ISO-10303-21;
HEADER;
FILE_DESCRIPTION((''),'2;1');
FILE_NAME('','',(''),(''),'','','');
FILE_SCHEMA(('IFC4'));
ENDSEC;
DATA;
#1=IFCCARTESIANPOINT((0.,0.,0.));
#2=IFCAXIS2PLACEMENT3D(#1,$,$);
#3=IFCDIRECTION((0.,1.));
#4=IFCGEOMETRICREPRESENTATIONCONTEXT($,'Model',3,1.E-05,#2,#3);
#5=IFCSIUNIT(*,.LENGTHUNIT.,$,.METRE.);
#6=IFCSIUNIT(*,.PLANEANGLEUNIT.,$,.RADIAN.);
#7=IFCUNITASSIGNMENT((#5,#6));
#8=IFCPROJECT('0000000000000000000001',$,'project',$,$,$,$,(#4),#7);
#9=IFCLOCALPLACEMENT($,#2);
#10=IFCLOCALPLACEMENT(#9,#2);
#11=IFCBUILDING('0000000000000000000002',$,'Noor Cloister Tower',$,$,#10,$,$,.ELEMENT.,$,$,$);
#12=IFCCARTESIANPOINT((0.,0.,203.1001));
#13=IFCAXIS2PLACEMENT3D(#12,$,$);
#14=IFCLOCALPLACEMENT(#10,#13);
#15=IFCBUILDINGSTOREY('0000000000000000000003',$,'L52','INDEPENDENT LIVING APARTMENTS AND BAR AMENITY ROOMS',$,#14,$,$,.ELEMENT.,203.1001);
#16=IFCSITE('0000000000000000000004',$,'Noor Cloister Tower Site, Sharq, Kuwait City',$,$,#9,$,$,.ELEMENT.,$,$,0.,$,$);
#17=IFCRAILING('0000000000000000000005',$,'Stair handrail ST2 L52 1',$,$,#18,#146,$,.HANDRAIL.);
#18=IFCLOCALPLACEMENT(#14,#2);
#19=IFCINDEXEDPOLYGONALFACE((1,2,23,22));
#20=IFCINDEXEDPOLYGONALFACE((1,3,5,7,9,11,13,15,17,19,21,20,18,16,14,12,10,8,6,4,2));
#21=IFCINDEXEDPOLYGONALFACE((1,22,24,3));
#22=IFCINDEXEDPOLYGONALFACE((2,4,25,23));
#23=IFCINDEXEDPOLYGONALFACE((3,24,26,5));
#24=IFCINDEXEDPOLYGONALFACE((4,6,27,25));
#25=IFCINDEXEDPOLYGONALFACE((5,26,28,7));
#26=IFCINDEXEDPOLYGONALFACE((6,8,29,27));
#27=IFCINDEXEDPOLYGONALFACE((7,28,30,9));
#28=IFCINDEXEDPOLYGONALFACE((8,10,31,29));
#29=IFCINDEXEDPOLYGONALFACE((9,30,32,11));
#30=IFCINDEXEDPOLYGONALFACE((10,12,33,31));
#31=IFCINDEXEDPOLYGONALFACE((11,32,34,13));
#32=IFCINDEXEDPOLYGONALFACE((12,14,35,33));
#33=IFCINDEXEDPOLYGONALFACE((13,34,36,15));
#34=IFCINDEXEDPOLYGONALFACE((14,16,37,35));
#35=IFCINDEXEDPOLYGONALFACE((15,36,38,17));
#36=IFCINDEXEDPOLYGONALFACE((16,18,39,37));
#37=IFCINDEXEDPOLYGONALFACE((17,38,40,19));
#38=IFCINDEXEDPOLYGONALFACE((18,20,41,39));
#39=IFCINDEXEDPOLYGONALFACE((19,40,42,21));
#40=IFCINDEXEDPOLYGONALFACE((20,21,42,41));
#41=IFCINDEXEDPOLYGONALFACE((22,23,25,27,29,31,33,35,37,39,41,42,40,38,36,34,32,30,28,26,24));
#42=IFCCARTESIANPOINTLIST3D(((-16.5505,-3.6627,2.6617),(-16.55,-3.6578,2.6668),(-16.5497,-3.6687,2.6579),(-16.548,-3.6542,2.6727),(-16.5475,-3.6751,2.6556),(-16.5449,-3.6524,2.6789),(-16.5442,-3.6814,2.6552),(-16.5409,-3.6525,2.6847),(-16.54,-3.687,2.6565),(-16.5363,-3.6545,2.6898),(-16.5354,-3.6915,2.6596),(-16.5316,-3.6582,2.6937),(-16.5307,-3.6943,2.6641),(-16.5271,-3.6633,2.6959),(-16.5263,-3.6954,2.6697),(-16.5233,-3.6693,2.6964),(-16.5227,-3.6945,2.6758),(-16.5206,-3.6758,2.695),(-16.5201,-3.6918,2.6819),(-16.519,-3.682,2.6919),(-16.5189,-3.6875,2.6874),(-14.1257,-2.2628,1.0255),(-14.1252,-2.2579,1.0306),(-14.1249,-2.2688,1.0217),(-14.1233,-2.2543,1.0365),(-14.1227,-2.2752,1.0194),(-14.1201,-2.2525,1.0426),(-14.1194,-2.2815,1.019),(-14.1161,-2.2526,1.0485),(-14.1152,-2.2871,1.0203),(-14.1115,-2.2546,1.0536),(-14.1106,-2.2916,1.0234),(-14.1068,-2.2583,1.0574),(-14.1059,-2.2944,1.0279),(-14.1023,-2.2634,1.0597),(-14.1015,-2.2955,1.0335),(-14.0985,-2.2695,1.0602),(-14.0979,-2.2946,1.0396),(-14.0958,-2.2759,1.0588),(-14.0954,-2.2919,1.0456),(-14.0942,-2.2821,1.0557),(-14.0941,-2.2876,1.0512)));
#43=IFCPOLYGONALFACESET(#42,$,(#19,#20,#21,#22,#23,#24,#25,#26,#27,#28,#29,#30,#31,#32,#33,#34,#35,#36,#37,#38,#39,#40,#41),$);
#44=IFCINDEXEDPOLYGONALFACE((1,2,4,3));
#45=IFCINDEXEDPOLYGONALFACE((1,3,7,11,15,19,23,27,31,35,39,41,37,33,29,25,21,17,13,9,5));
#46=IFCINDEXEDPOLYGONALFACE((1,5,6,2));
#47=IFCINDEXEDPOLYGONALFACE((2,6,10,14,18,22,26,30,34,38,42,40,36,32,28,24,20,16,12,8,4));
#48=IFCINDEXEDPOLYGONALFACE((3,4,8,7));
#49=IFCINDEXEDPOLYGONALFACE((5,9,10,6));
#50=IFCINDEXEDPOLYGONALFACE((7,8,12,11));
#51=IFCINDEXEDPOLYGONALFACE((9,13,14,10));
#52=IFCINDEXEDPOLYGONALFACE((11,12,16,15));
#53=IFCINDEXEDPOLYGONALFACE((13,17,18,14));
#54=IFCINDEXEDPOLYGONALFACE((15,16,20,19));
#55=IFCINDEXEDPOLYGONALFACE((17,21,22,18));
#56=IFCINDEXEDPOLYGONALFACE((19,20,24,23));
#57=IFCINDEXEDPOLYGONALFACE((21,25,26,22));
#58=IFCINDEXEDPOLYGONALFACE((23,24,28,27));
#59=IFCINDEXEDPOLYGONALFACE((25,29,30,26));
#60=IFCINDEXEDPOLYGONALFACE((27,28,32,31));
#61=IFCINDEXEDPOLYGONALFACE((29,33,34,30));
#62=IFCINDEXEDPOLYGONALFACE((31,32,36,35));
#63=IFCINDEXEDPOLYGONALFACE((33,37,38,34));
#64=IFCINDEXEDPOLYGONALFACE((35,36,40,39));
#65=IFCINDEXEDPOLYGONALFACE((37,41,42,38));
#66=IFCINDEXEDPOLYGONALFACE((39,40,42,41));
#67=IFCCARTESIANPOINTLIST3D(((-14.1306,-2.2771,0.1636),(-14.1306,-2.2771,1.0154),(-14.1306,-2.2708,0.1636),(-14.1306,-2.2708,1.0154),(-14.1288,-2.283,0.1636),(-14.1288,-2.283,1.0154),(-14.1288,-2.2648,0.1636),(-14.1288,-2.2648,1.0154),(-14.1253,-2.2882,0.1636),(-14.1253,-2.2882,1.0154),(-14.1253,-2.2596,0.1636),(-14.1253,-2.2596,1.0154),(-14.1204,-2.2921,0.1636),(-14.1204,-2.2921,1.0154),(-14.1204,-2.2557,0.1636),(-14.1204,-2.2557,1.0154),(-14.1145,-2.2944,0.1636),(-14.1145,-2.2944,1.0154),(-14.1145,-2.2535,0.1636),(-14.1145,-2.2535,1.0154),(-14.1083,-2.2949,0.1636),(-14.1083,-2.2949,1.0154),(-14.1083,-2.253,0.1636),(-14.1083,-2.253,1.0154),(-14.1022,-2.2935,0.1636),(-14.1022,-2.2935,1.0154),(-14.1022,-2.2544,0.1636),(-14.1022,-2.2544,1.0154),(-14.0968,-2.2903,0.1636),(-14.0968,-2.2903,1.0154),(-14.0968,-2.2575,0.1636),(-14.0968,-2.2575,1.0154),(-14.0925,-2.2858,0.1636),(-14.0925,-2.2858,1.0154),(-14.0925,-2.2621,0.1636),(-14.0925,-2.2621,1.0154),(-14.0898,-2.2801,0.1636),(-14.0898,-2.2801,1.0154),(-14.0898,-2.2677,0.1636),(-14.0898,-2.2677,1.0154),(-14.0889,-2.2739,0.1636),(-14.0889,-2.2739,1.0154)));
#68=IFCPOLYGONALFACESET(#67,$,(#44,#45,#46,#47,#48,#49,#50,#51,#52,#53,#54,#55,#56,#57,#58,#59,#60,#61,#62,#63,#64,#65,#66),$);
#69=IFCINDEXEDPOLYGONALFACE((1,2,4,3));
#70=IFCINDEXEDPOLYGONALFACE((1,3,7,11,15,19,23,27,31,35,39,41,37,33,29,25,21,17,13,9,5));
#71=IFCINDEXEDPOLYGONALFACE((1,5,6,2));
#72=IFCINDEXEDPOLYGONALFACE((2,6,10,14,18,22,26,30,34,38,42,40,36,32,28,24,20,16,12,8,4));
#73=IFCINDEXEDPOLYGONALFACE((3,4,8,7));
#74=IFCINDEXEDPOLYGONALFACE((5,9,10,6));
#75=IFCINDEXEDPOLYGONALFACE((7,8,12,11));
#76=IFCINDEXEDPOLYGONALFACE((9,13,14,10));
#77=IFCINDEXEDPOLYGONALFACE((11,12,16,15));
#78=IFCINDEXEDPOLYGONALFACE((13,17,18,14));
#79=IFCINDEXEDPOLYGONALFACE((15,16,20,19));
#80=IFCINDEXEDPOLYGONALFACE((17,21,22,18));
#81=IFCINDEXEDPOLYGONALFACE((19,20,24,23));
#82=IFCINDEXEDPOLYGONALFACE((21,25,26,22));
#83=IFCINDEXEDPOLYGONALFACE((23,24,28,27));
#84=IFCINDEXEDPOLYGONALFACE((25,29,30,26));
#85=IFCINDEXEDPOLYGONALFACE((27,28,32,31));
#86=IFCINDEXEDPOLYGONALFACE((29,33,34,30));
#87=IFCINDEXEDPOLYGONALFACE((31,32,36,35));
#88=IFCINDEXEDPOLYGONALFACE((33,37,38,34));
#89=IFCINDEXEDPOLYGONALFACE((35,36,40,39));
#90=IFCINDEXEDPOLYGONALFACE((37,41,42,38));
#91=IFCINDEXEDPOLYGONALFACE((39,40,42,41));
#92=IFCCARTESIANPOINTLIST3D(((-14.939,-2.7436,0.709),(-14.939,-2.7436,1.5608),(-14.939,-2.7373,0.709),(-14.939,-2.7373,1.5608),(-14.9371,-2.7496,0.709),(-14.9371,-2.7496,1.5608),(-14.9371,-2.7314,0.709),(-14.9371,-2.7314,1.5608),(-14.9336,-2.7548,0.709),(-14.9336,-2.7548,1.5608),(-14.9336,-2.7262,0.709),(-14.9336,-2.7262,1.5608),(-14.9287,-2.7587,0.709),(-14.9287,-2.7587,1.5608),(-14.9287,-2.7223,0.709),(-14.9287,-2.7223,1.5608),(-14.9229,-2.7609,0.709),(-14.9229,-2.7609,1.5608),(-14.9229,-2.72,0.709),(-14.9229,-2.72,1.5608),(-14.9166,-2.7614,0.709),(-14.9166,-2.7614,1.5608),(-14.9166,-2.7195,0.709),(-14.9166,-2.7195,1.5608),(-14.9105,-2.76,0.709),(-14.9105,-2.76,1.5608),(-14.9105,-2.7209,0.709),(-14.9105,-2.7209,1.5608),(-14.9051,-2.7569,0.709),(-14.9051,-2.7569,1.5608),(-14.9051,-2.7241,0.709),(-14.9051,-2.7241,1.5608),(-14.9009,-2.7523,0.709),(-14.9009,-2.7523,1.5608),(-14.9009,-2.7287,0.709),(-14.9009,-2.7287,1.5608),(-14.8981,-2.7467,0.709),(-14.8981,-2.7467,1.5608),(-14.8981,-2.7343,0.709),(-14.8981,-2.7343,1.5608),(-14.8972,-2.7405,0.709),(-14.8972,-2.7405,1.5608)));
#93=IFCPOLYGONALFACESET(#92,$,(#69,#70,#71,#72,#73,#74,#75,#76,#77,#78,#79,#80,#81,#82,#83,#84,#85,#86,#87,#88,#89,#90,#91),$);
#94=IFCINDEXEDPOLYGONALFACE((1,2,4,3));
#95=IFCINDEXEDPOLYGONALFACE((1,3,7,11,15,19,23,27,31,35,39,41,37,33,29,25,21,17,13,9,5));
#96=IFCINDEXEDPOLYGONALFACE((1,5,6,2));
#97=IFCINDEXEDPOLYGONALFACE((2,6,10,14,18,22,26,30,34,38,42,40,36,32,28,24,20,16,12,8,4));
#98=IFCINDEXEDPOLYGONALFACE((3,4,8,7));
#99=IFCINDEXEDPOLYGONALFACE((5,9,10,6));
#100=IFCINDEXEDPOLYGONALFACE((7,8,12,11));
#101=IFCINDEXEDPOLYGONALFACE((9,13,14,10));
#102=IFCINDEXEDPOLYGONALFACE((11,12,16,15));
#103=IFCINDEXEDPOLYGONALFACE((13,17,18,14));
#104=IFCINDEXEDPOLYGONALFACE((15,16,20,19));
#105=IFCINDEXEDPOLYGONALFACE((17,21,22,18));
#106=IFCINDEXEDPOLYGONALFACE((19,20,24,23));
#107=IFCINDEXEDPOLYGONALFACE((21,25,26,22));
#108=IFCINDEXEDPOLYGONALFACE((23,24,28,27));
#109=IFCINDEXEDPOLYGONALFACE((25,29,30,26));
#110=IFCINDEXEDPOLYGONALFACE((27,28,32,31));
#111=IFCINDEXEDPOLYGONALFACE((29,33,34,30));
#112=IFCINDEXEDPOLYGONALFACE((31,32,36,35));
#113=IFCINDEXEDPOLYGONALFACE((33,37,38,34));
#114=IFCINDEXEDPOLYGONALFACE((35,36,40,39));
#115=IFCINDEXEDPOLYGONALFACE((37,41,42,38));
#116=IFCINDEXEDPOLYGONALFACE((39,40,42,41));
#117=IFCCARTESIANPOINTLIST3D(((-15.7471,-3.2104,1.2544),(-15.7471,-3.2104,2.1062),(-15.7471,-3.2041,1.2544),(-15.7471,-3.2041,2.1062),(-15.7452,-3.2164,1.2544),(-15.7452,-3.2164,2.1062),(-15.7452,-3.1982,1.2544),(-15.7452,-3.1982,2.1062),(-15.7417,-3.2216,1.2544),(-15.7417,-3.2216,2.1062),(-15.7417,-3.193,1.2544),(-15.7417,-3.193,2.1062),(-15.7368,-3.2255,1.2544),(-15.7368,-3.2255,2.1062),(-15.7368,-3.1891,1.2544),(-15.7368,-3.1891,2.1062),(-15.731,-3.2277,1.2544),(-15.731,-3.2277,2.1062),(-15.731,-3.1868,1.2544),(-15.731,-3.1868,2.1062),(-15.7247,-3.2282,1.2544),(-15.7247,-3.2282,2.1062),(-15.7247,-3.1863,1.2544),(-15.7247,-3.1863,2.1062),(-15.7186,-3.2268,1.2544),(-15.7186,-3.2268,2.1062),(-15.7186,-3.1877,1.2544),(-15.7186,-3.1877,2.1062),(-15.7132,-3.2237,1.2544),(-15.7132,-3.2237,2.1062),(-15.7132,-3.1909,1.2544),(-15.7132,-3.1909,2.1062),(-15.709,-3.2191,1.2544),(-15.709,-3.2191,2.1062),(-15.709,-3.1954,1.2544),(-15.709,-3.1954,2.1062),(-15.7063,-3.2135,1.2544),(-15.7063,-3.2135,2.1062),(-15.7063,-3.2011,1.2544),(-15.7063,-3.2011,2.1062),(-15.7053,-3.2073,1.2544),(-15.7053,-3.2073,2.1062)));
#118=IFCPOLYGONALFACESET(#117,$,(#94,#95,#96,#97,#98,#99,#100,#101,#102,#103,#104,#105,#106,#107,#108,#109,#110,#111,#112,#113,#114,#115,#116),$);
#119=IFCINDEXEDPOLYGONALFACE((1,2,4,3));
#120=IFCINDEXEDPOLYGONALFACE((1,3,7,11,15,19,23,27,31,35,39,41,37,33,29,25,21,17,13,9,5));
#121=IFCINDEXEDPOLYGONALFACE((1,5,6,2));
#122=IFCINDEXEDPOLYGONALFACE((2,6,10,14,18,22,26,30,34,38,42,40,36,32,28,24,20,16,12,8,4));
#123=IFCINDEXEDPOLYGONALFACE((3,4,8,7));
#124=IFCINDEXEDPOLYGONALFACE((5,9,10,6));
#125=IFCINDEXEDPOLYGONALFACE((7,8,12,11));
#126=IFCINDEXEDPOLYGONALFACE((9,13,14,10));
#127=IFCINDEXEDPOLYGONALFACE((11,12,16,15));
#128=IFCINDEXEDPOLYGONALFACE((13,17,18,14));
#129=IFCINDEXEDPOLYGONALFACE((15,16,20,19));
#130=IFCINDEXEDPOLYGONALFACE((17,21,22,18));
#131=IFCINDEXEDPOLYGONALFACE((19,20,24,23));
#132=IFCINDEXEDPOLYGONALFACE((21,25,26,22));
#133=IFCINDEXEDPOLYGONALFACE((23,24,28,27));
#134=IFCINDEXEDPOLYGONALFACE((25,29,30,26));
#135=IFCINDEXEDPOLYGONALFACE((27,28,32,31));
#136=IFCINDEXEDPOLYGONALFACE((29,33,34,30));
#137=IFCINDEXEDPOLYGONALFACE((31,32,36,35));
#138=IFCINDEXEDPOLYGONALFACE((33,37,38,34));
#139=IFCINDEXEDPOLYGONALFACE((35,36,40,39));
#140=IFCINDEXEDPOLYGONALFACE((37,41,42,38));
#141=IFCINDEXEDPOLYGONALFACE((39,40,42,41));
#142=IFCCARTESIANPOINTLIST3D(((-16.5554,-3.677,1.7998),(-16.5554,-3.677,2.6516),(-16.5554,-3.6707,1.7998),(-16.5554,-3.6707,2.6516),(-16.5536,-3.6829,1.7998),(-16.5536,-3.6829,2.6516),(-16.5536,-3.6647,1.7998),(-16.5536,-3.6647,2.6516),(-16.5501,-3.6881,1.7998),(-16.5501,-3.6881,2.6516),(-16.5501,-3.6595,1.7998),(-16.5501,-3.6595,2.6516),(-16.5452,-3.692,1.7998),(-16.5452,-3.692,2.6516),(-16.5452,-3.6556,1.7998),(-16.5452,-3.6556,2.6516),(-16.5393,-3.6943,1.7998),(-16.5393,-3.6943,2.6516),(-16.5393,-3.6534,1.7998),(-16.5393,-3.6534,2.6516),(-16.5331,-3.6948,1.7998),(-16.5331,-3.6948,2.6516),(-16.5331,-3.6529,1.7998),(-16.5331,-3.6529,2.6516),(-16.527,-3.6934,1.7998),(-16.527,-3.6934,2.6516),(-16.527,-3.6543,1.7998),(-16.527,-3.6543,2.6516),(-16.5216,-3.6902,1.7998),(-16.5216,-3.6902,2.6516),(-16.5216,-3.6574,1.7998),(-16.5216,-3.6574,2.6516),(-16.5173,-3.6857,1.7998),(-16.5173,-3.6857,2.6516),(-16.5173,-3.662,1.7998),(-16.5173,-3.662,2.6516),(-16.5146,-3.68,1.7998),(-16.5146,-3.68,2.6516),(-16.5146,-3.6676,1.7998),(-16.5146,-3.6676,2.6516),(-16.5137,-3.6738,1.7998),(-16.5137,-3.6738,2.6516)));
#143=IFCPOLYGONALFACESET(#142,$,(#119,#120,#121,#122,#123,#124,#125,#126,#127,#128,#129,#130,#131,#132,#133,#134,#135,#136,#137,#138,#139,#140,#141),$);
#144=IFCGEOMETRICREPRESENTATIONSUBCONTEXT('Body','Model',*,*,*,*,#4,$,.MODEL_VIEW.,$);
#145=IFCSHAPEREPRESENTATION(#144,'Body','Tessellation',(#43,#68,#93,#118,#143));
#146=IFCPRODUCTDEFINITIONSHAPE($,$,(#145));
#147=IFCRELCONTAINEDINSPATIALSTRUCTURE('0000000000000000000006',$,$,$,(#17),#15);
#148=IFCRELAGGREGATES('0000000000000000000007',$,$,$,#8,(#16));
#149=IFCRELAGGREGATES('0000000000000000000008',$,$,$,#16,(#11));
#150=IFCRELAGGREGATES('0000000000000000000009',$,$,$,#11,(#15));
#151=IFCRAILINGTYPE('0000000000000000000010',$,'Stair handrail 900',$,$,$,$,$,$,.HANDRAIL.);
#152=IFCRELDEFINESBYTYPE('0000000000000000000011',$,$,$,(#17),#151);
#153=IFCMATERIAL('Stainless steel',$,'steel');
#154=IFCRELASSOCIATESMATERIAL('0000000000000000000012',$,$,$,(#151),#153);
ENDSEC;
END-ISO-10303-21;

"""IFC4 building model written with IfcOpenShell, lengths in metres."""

from ifc_helpers import new_model, si_unit, direction, frame, origin, origin_2d, place, context, subcontext, project, spatial, circle, extrude, material, type_object, element, save


model = new_model("IFC4")

# Units and contexts
model_context = context("Model", 3, precision=1e-05, world=origin(), true_north=direction((0.0, 1.0)))
body_context = subcontext(model_context, "Body", "Model", "MODEL_VIEW")
ifc_project = project(units=[si_unit("LENGTHUNIT", "METRE"), si_unit("PLANEANGLEUNIT", "RADIAN")], contexts=[model_context])

# Site, building, storey
site_placement = place(None, origin())
site = spatial("IfcSite", under=ifc_project, at=site_placement, Name="Noor Cloister Tower Site, Sharq, Kuwait City", CompositionType="ELEMENT", RefElevation=0.0)
building_placement = place(site_placement, origin())
building = spatial("IfcBuilding", under=site, at=building_placement, Name="Noor Cloister Tower", CompositionType="ELEMENT")
storey_placement = place(building_placement, frame((0.0, 0.0, 203.1001)))
storey = spatial("IfcBuildingStorey", under=building, at=storey_placement, Name="L52", Description="INDEPENDENT LIVING APARTMENTS AND BAR AMENITY ROOMS", CompositionType="ELEMENT", Elevation=203.1001)

# Railing
ifc_material_1 = material(Name="Stainless steel", Category="steel")
railing_type_1 = type_object("IfcRailingType", Name="Stair handrail 900", PredefinedType="HANDRAIL", material=ifc_material_1)
railing_1_placement = place(storey_placement, frame((-14.1099, -2.2739, 0.1636)))
element("IfcRailing", 1, at=railing_1_placement, inside=storey, type_object=railing_type_1, Name="Stair handrail ST2 L52 1", PredefinedType="HANDRAIL", context=body_context, shape_type="SweptSolid", body=[
    extrude(circle(Radius=0.0239, at=origin_2d()), frame((0.0, 0.0, 0.876), z_axis=(-0.747718, -0.431677, 0.504552), x_axis=(0.499984, -0.866035, 0.0)), (0.0, 0.0, 1.0), 3.2429),
    extrude(circle(Radius=0.021, at=origin_2d()), origin(), (0.0, 0.0, 1.0), 0.8518),
    extrude(circle(Radius=0.021, at=origin_2d()), frame((-0.8083, -0.4666, 0.5454)), (0.0, 0.0, 1.0), 0.8518),
    extrude(circle(Radius=0.021, at=origin_2d()), frame((-1.6165, -0.9333, 1.0908)), (0.0, 0.0, 1.0), 0.8518),
    extrude(circle(Radius=0.021, at=origin_2d()), frame((-2.4248, -1.3999, 1.6362)), (0.0, 0.0, 1.0), 0.8518),
])

save(model, "model.ifc")
